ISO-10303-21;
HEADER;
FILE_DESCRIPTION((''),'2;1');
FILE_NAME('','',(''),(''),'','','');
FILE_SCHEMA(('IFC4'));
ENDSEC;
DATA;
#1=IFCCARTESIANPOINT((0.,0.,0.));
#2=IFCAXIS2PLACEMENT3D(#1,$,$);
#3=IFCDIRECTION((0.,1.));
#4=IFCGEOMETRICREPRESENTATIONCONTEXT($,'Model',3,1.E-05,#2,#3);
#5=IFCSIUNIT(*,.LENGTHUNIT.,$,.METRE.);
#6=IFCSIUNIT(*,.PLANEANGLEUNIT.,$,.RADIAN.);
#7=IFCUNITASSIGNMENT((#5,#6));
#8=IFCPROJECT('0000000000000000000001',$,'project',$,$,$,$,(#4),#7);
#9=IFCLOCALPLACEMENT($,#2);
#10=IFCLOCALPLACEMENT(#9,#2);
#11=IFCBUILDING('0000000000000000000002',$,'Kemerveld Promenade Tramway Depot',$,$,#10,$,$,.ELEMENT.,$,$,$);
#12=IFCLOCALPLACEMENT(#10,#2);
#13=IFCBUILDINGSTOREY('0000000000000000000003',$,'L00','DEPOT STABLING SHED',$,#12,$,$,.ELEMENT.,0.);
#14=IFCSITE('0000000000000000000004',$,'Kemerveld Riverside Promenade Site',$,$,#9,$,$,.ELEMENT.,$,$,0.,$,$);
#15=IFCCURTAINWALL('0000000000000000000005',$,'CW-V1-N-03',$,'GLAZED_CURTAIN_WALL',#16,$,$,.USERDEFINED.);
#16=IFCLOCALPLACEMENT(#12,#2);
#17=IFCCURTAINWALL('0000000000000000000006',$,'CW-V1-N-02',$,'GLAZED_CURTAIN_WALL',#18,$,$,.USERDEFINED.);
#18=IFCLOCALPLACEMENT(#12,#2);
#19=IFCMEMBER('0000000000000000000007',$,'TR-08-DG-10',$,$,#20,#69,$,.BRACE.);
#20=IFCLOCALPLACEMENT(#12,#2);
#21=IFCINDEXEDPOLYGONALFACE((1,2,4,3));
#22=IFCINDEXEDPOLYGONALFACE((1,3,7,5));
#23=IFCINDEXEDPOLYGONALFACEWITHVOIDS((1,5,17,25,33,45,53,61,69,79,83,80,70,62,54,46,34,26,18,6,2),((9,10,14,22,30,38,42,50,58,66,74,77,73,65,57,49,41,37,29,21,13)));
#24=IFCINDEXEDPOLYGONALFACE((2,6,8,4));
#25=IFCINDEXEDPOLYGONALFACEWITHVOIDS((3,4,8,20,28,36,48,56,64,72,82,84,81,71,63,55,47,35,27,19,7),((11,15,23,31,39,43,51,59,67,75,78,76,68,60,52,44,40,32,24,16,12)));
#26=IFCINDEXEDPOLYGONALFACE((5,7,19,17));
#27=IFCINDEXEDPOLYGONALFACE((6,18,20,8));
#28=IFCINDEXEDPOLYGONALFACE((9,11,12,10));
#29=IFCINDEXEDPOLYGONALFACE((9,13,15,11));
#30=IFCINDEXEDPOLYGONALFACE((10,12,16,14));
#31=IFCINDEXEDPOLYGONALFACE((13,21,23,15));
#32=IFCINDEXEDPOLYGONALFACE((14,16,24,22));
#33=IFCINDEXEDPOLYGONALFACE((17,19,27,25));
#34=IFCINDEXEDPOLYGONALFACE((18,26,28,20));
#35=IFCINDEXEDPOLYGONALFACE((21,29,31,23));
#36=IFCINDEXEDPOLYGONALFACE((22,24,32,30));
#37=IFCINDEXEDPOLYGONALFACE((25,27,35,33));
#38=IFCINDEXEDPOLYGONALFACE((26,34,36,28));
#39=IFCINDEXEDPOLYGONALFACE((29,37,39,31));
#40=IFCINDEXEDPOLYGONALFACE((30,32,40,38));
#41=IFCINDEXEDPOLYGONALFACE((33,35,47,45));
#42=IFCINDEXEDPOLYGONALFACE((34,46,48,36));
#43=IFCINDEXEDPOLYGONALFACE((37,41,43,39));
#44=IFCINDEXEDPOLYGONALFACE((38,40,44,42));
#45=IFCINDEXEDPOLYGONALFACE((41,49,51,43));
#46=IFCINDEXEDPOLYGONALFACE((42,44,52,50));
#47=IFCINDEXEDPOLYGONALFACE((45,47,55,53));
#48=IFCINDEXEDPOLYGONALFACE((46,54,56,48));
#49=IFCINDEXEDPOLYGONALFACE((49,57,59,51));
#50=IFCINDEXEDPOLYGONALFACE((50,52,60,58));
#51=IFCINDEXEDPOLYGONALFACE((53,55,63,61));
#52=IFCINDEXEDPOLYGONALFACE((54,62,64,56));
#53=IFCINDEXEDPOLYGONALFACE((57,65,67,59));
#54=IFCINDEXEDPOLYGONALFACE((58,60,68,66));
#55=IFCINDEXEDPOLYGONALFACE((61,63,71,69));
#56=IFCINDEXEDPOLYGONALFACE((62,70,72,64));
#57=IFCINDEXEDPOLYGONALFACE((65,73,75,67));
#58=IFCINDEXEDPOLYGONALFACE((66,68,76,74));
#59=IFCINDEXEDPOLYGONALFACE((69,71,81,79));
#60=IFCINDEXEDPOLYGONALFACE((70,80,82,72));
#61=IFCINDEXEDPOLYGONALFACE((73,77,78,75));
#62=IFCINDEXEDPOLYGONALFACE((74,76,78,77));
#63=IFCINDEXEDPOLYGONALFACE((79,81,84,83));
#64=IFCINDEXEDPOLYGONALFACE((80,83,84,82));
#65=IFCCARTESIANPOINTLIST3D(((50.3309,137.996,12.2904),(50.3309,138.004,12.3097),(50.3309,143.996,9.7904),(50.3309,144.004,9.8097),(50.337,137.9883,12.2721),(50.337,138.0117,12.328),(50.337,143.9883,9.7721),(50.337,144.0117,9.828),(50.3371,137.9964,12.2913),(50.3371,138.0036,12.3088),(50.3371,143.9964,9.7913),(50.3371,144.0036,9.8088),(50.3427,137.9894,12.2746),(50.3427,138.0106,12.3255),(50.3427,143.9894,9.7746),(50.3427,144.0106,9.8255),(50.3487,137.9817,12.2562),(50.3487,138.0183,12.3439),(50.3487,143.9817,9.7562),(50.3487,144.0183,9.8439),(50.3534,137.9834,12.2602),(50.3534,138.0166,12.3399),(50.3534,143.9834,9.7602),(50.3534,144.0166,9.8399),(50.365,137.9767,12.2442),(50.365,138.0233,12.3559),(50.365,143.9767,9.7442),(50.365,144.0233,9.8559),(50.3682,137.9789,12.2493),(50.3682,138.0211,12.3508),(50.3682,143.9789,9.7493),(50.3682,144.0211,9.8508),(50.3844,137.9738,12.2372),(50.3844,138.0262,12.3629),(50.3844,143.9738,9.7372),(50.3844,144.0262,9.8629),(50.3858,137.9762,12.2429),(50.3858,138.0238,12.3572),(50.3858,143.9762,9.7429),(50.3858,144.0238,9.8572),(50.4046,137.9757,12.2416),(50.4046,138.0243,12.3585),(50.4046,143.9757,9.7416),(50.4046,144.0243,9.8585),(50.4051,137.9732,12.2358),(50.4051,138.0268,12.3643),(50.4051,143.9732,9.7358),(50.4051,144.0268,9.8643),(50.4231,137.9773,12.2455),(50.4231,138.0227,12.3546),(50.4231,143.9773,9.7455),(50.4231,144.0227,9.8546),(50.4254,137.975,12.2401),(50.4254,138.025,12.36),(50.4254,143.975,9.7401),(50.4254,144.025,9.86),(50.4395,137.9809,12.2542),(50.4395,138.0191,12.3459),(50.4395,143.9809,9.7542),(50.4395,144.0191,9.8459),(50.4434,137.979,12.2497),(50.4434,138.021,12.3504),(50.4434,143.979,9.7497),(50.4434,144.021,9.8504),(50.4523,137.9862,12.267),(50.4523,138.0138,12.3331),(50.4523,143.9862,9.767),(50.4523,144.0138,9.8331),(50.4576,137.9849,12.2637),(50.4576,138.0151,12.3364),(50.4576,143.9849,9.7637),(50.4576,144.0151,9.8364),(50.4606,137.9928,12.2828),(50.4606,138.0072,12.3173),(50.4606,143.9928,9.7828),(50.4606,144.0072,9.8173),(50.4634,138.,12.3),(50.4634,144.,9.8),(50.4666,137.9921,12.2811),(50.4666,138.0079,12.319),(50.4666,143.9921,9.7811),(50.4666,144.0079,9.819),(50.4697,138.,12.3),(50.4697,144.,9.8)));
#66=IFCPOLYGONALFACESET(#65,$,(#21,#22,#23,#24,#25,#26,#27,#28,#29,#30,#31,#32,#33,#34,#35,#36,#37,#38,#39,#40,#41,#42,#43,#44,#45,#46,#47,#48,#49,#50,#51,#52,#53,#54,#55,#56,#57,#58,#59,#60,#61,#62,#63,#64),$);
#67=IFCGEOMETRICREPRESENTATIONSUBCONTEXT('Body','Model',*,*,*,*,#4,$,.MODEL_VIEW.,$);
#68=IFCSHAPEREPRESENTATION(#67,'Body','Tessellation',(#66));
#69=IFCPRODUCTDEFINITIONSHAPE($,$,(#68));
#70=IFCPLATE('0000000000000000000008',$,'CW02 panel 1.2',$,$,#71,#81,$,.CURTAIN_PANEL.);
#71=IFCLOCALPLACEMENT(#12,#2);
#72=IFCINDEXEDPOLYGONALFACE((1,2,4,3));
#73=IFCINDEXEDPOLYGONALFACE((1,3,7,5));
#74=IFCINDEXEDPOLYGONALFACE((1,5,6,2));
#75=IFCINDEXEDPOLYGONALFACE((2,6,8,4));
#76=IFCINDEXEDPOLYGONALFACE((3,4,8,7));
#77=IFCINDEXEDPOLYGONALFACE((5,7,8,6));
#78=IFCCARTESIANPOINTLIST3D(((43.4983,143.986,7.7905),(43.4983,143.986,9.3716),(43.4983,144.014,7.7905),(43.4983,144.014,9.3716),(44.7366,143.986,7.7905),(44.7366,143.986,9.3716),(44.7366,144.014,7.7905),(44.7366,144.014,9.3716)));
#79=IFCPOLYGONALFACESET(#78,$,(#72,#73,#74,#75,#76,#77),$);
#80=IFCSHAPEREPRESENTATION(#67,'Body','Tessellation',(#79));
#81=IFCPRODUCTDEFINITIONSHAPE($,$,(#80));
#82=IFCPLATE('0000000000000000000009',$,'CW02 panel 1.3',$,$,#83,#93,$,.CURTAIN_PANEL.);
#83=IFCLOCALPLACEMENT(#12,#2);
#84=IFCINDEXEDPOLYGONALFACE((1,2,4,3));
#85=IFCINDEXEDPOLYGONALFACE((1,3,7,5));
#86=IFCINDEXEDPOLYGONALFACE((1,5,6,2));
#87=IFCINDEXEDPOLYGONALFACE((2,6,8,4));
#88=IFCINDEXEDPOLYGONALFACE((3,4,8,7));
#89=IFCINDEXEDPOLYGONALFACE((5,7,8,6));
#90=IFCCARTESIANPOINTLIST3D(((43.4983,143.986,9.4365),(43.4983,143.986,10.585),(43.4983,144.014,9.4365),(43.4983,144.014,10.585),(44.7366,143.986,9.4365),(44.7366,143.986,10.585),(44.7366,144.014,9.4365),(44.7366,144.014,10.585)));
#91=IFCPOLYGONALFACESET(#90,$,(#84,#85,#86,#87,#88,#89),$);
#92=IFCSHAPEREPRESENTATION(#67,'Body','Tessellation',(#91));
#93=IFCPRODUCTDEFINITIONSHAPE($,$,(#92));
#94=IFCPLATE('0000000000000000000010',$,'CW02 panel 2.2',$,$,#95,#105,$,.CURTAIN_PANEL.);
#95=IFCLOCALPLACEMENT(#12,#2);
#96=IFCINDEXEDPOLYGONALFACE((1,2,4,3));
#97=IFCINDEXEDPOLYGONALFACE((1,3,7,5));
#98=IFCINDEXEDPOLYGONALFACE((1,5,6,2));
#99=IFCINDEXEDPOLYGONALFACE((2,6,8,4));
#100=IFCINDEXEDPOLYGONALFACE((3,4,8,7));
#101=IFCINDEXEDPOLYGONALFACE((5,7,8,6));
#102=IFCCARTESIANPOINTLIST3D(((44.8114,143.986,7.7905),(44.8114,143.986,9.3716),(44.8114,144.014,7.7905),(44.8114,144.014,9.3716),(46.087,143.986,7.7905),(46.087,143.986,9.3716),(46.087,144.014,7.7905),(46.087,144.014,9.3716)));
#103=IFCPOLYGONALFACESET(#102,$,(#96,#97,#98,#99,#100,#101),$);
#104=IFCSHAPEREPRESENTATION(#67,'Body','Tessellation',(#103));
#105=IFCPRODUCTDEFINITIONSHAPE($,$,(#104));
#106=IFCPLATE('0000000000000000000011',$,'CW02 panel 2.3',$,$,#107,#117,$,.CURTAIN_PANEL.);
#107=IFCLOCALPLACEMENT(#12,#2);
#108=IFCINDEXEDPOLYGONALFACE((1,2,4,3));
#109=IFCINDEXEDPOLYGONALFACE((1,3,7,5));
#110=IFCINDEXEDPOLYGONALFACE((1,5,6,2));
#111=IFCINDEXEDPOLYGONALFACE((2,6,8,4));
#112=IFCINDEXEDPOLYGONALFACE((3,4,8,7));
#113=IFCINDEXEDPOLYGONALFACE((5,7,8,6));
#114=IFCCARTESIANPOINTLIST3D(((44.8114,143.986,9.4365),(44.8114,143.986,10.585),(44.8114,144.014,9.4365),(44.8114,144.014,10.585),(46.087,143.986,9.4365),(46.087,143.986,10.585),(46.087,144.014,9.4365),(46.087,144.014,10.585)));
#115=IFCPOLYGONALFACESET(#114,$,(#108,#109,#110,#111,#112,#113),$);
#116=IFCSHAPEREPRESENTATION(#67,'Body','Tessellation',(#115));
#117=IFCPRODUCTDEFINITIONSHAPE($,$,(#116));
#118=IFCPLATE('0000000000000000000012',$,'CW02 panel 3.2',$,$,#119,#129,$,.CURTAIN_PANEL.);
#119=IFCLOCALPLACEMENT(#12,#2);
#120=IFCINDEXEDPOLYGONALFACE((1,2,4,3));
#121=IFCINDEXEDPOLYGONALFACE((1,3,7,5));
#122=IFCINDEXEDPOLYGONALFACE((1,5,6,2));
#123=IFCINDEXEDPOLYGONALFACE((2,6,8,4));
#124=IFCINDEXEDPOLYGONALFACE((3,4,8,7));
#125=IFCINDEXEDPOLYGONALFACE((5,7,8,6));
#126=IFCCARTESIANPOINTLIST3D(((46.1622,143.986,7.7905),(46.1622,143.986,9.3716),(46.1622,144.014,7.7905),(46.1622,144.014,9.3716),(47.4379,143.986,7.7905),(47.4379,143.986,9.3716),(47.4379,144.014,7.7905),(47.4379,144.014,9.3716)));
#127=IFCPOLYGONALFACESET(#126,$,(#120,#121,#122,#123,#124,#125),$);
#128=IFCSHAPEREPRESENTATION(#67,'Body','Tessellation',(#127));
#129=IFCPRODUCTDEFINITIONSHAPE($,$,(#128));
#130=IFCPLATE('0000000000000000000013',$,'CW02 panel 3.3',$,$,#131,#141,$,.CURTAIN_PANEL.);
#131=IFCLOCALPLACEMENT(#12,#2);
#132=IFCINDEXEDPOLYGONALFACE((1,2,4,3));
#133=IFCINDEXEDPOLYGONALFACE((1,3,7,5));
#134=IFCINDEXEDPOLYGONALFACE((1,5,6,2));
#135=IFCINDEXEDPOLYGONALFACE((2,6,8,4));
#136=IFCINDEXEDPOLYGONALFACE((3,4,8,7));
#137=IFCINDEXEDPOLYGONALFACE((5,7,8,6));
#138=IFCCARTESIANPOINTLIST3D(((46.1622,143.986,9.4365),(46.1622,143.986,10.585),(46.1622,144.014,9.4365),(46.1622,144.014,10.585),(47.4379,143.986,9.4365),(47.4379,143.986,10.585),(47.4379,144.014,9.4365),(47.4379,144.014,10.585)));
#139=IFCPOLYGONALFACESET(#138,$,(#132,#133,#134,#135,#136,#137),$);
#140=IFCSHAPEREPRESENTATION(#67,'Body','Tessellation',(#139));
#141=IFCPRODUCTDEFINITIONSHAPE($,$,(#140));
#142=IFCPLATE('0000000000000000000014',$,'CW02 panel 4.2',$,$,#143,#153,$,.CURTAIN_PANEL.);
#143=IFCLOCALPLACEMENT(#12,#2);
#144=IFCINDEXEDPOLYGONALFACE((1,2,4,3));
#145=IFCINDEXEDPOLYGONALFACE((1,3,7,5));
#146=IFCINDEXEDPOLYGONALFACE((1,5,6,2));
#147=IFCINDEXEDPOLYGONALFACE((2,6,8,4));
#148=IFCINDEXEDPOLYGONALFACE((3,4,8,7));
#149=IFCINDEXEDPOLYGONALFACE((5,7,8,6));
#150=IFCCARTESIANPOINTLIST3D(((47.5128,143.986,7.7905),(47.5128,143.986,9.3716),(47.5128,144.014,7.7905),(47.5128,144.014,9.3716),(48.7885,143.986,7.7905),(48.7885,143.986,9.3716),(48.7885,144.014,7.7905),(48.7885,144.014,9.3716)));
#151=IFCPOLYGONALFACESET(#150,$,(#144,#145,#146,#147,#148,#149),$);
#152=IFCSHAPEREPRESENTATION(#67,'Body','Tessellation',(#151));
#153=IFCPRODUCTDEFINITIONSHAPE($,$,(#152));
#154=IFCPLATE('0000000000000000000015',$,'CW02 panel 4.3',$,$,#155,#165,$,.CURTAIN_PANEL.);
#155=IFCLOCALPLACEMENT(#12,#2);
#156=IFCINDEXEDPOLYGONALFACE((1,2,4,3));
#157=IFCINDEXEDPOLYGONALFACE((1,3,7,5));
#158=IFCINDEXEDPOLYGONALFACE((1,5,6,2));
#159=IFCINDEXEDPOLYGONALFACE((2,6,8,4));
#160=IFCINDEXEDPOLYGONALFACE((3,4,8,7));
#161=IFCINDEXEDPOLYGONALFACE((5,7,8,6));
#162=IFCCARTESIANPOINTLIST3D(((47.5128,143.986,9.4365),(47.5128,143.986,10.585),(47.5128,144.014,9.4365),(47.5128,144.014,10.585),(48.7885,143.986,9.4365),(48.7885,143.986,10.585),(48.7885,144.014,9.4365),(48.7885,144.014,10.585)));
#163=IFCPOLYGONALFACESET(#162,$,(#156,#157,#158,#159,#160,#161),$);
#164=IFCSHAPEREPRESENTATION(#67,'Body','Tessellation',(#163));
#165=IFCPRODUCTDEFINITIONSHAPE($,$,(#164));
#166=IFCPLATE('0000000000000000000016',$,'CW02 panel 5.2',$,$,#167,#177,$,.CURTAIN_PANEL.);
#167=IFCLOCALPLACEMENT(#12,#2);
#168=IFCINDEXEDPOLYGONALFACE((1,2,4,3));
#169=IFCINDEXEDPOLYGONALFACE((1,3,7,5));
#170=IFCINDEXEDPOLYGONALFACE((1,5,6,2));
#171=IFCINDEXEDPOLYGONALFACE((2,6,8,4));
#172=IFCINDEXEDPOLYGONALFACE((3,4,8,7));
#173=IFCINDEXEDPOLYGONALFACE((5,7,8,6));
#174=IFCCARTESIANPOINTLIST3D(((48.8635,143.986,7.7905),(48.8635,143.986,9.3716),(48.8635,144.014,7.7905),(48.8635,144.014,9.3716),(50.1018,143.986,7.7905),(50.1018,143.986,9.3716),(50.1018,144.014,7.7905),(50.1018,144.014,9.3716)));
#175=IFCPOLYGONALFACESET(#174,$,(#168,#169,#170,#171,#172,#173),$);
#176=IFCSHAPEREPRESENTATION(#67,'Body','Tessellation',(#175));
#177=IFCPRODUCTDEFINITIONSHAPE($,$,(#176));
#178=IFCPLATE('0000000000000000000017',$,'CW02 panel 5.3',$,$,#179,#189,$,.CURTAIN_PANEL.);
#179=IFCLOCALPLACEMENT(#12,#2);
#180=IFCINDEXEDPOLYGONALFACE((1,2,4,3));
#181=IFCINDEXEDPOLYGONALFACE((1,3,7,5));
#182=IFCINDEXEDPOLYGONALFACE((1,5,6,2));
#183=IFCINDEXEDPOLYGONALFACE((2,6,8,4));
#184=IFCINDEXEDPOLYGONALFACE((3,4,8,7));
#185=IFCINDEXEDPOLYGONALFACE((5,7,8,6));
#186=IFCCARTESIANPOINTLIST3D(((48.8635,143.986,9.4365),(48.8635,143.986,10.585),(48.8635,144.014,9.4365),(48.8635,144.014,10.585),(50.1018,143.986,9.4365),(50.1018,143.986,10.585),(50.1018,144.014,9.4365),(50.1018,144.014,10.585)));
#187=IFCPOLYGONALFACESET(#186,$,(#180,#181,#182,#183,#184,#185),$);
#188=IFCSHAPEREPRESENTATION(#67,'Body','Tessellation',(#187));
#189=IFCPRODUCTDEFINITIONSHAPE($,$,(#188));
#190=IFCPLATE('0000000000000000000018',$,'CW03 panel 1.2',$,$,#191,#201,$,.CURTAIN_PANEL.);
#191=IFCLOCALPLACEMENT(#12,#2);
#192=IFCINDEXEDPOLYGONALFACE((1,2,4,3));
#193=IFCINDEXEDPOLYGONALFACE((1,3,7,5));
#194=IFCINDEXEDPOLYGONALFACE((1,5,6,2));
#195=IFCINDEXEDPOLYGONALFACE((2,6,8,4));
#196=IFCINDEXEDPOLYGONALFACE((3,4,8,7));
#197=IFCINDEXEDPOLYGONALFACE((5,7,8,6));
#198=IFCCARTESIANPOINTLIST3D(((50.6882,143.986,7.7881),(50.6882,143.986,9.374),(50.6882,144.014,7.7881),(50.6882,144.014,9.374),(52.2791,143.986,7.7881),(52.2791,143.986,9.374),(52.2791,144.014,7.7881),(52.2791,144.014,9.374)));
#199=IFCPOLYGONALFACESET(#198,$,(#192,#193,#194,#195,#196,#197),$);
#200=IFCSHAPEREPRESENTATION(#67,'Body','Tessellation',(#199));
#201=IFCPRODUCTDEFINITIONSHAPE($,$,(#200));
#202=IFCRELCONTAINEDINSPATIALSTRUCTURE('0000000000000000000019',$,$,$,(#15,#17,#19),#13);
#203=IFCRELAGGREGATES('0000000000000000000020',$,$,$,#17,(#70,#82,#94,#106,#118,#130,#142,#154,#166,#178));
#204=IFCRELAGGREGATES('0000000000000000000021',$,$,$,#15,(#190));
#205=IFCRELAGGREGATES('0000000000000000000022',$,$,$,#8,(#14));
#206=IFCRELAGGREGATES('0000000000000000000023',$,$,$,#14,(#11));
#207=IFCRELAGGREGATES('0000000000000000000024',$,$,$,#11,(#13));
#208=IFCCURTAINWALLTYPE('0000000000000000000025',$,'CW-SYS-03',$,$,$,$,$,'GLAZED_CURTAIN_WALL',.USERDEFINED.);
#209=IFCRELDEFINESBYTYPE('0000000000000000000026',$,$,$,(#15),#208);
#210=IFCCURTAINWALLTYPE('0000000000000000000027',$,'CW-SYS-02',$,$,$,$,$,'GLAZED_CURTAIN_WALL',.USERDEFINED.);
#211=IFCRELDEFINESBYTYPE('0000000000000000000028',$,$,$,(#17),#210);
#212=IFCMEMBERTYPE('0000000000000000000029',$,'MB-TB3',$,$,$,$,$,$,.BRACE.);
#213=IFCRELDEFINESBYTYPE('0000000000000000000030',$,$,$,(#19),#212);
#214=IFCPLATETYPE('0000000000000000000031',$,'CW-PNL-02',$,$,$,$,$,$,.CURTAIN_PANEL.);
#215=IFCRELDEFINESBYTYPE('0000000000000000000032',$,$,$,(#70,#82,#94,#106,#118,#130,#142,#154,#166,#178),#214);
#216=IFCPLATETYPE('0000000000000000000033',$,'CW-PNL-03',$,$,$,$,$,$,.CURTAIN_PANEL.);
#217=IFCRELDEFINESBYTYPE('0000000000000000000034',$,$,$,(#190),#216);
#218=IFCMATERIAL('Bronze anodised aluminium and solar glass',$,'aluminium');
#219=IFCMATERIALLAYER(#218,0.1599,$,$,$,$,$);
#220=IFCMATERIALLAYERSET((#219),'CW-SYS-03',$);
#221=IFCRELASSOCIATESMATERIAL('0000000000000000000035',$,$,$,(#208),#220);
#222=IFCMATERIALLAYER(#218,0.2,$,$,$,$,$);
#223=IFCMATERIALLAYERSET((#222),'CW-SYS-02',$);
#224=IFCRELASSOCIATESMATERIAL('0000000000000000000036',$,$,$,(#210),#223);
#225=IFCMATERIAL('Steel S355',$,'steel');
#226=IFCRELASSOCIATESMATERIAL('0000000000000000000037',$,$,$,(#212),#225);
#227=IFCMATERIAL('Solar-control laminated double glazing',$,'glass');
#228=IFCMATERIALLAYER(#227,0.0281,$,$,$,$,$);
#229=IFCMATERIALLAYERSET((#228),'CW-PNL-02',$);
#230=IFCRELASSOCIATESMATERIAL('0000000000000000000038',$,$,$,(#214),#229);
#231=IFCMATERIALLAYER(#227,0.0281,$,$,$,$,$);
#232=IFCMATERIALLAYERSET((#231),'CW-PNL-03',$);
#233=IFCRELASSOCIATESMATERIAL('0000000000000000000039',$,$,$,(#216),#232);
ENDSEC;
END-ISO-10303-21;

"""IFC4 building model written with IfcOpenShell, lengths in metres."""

from ifc_helpers import new_model, si_unit, direction, frame, origin, origin_2d, place, context, subcontext, project, spatial, rectangle, hollow_circle, extrude, material, layer, layer_set, material_profile, profile_set, type_object, element, aggregate, save


model = new_model("IFC4")

# Units and contexts
model_context = context("Model", 3, precision=1e-05, world=origin(), true_north=direction((0.0, 1.0)))
body_context = subcontext(model_context, "Body", "Model", "MODEL_VIEW")
ifc_project = project(units=[si_unit("LENGTHUNIT", "METRE"), si_unit("PLANEANGLEUNIT", "RADIAN")], contexts=[model_context])

# Site, building, storey
site_placement = place(None, origin())
site = spatial("IfcSite", under=ifc_project, at=site_placement, Name="Kemerveld Riverside Promenade Site", CompositionType="ELEMENT", RefElevation=0.0)
building_placement = place(site_placement, origin())
building = spatial("IfcBuilding", under=site, at=building_placement, Name="Kemerveld Promenade Tramway Depot", CompositionType="ELEMENT")
storey_placement = place(building_placement, origin())
storey = spatial("IfcBuildingStorey", under=building, at=storey_placement, Name="L00", Description="DEPOT STABLING SHED", CompositionType="ELEMENT", Elevation=0.0)

# Shared definitions
ifc_material_1 = material(Name="Steel S355", Category="steel")

# Curtain walls
ifc_material_2 = material(Name="Bronze anodised aluminium and solar glass", Category="aluminium")
ifc_layer_1 = layer(ifc_material_2, 0.1599)
ifc_layer_set_1 = layer_set([ifc_layer_1], Name="CW-SYS-03")
curtain_wall_type_1 = type_object("IfcCurtainWallType", Name="CW-SYS-03", ElementType="GLAZED_CURTAIN_WALL", PredefinedType="USERDEFINED", material=ifc_layer_set_1)
curtain_wall_1_placement = place(storey_placement, origin())
curtain_wall_1 = element("IfcCurtainWall", 1, at=curtain_wall_1_placement, inside=storey, type_object=curtain_wall_type_1, Name="CW-V1-N-03", ObjectType="GLAZED_CURTAIN_WALL", PredefinedType="USERDEFINED")
ifc_layer_2 = layer(ifc_material_2, 0.2)
ifc_layer_set_2 = layer_set([ifc_layer_2], Name="CW-SYS-02")
curtain_wall_type_2 = type_object("IfcCurtainWallType", Name="CW-SYS-02", ElementType="GLAZED_CURTAIN_WALL", PredefinedType="USERDEFINED", material=ifc_layer_set_2)
curtain_wall_2_placement = place(storey_placement, origin())
curtain_wall_2 = element("IfcCurtainWall", 2, at=curtain_wall_2_placement, inside=storey, type_object=curtain_wall_type_2, Name="CW-V1-N-02", ObjectType="GLAZED_CURTAIN_WALL", PredefinedType="USERDEFINED")

# Member
ifc_material_profile_1 = material_profile(ifc_material_1, hollow_circle(Radius=0.0698, WallThickness=0.0063, at=origin_2d()), Name="139.7x6.3 CHS")
ifc_profile_set_1 = profile_set([ifc_material_profile_1], Name="Steel S355")
member_type_1 = type_object("IfcMemberType", Name="MB-TB3", PredefinedType="BRACE", material=ifc_profile_set_1)
member_1_placement = place(storey_placement, frame((50.3999, 144.0, 9.8), z_axis=(0.0, -0.923077, 0.384615), x_axis=(1.0, 0.0, 0.0)))
element("IfcMember", 3, at=member_1_placement, inside=storey, type_object=member_type_1, Name="TR-08-DG-10", PredefinedType="BRACE", context=body_context, shape_type="SweptSolid", body=[
    extrude(hollow_circle(Radius=0.0698, WallThickness=0.0063, at=origin_2d()), origin(), (0.0, 0.0, 1.0), 6.5),
])

# Plates
ifc_material_3 = material(Name="Solar-control laminated double glazing", Category="glass")
ifc_layer_3 = layer(ifc_material_3, 0.0281)
ifc_layer_set_3 = layer_set([ifc_layer_3], Name="CW-PNL-02")
plate_type_1 = type_object("IfcPlateType", Name="CW-PNL-02", PredefinedType="CURTAIN_PANEL", material=ifc_layer_set_3)
plate_1_placement = place(storey_placement, frame((44.1174, 144.0, 7.7905), z_axis=(0.0, 0.0, 1.0), x_axis=(1.0, 0.0, 0.0)))
plate_1 = element("IfcPlate", 4, at=plate_1_placement, type_object=plate_type_1, Name="CW02 panel 1.2", PredefinedType="CURTAIN_PANEL", context=body_context, shape_type="SweptSolid", body=[
    extrude(rectangle(XDim=1.2383, YDim=0.0281, at=origin_2d()), origin(), (0.0, 0.0, 1.0), 1.5811),
])
plate_2_placement = place(storey_placement, frame((44.1174, 144.0, 9.4365), z_axis=(0.0, 0.0, 1.0), x_axis=(1.0, 0.0, 0.0)))
plate_2 = element("IfcPlate", 5, at=plate_2_placement, type_object=plate_type_1, Name="CW02 panel 1.3", PredefinedType="CURTAIN_PANEL", context=body_context, shape_type="SweptSolid", body=[
    extrude(rectangle(XDim=1.2383, YDim=0.0281, at=origin_2d()), origin(), (0.0, 0.0, 1.0), 1.1484),
])
plate_3_placement = place(storey_placement, frame((45.4492, 144.0, 7.7905), z_axis=(0.0, 0.0, 1.0), x_axis=(1.0, 0.0, 0.0)))
plate_3 = element("IfcPlate", 6, at=plate_3_placement, type_object=plate_type_1, Name="CW02 panel 2.2", PredefinedType="CURTAIN_PANEL", context=body_context, shape_type="SweptSolid", body=[
    extrude(rectangle(XDim=1.2756, YDim=0.0281, at=origin_2d()), origin(), (0.0, 0.0, 1.0), 1.5811),
])
plate_4_placement = place(storey_placement, frame((45.4492, 144.0, 9.4365), z_axis=(0.0, 0.0, 1.0), x_axis=(1.0, 0.0, 0.0)))
plate_4 = element("IfcPlate", 7, at=plate_4_placement, type_object=plate_type_1, Name="CW02 panel 2.3", PredefinedType="CURTAIN_PANEL", context=body_context, shape_type="SweptSolid", body=[
    extrude(rectangle(XDim=1.2756, YDim=0.0281, at=origin_2d()), origin(), (0.0, 0.0, 1.0), 1.1484),
])
plate_5_placement = place(storey_placement, frame((46.8, 144.0, 7.7905), z_axis=(0.0, 0.0, 1.0), x_axis=(1.0, 0.0, 0.0)))
plate_5 = element("IfcPlate", 8, at=plate_5_placement, type_object=plate_type_1, Name="CW02 panel 3.2", PredefinedType="CURTAIN_PANEL", context=body_context, shape_type="SweptSolid", body=[
    extrude(rectangle(XDim=1.2756, YDim=0.0281, at=origin_2d()), origin(), (0.0, 0.0, 1.0), 1.5811),
])
plate_6_placement = place(storey_placement, frame((46.8, 144.0, 9.4365), z_axis=(0.0, 0.0, 1.0), x_axis=(1.0, 0.0, 0.0)))
plate_6 = element("IfcPlate", 9, at=plate_6_placement, type_object=plate_type_1, Name="CW02 panel 3.3", PredefinedType="CURTAIN_PANEL", context=body_context, shape_type="SweptSolid", body=[
    extrude(rectangle(XDim=1.2756, YDim=0.0281, at=origin_2d()), origin(), (0.0, 0.0, 1.0), 1.1484),
])
plate_7_placement = place(storey_placement, frame((48.1506, 144.0, 7.7905), z_axis=(0.0, 0.0, 1.0), x_axis=(1.0, 0.0, 0.0)))
plate_7 = element("IfcPlate", 10, at=plate_7_placement, type_object=plate_type_1, Name="CW02 panel 4.2", PredefinedType="CURTAIN_PANEL", context=body_context, shape_type="SweptSolid", body=[
    extrude(rectangle(XDim=1.2756, YDim=0.0281, at=origin_2d()), origin(), (0.0, 0.0, 1.0), 1.5811),
])
plate_8_placement = place(storey_placement, frame((48.1506, 144.0, 9.4365), z_axis=(0.0, 0.0, 1.0), x_axis=(1.0, 0.0, 0.0)))
plate_8 = element("IfcPlate", 11, at=plate_8_placement, type_object=plate_type_1, Name="CW02 panel 4.3", PredefinedType="CURTAIN_PANEL", context=body_context, shape_type="SweptSolid", body=[
    extrude(rectangle(XDim=1.2756, YDim=0.0281, at=origin_2d()), origin(), (0.0, 0.0, 1.0), 1.1484),
])
plate_9_placement = place(storey_placement, frame((49.4827, 144.0, 7.7905), z_axis=(0.0, 0.0, 1.0), x_axis=(1.0, 0.0, 0.0)))
plate_9 = element("IfcPlate", 12, at=plate_9_placement, type_object=plate_type_1, Name="CW02 panel 5.2", PredefinedType="CURTAIN_PANEL", context=body_context, shape_type="SweptSolid", body=[
    extrude(rectangle(XDim=1.2383, YDim=0.0281, at=origin_2d()), origin(), (0.0, 0.0, 1.0), 1.5811),
])
plate_10_placement = place(storey_placement, frame((49.4827, 144.0, 9.4365), z_axis=(0.0, 0.0, 1.0), x_axis=(1.0, 0.0, 0.0)))
plate_10 = element("IfcPlate", 13, at=plate_10_placement, type_object=plate_type_1, Name="CW02 panel 5.3", PredefinedType="CURTAIN_PANEL", context=body_context, shape_type="SweptSolid", body=[
    extrude(rectangle(XDim=1.2383, YDim=0.0281, at=origin_2d()), origin(), (0.0, 0.0, 1.0), 1.1484),
])
aggregate(curtain_wall_2, [plate_1, plate_2, plate_3, plate_4, plate_5, plate_6, plate_7, plate_8, plate_9, plate_10])
ifc_layer_4 = layer(ifc_material_3, 0.0281)
ifc_layer_set_4 = layer_set([ifc_layer_4], Name="CW-PNL-03")
plate_type_2 = type_object("IfcPlateType", Name="CW-PNL-03", PredefinedType="CURTAIN_PANEL", material=ifc_layer_set_4)
plate_11_placement = place(storey_placement, frame((51.4836, 144.0, 7.7881), z_axis=(0.0, 0.0, 1.0), x_axis=(1.0, 0.0, 0.0)))
plate_11 = element("IfcPlate", 14, at=plate_11_placement, type_object=plate_type_2, Name="CW03 panel 1.2", PredefinedType="CURTAIN_PANEL", context=body_context, shape_type="SweptSolid", body=[
    extrude(rectangle(XDim=1.5908, YDim=0.0281, at=origin_2d()), origin(), (0.0, 0.0, 1.0), 1.5859),
])
aggregate(curtain_wall_1, [plate_11])

save(model, "model.ifc")
